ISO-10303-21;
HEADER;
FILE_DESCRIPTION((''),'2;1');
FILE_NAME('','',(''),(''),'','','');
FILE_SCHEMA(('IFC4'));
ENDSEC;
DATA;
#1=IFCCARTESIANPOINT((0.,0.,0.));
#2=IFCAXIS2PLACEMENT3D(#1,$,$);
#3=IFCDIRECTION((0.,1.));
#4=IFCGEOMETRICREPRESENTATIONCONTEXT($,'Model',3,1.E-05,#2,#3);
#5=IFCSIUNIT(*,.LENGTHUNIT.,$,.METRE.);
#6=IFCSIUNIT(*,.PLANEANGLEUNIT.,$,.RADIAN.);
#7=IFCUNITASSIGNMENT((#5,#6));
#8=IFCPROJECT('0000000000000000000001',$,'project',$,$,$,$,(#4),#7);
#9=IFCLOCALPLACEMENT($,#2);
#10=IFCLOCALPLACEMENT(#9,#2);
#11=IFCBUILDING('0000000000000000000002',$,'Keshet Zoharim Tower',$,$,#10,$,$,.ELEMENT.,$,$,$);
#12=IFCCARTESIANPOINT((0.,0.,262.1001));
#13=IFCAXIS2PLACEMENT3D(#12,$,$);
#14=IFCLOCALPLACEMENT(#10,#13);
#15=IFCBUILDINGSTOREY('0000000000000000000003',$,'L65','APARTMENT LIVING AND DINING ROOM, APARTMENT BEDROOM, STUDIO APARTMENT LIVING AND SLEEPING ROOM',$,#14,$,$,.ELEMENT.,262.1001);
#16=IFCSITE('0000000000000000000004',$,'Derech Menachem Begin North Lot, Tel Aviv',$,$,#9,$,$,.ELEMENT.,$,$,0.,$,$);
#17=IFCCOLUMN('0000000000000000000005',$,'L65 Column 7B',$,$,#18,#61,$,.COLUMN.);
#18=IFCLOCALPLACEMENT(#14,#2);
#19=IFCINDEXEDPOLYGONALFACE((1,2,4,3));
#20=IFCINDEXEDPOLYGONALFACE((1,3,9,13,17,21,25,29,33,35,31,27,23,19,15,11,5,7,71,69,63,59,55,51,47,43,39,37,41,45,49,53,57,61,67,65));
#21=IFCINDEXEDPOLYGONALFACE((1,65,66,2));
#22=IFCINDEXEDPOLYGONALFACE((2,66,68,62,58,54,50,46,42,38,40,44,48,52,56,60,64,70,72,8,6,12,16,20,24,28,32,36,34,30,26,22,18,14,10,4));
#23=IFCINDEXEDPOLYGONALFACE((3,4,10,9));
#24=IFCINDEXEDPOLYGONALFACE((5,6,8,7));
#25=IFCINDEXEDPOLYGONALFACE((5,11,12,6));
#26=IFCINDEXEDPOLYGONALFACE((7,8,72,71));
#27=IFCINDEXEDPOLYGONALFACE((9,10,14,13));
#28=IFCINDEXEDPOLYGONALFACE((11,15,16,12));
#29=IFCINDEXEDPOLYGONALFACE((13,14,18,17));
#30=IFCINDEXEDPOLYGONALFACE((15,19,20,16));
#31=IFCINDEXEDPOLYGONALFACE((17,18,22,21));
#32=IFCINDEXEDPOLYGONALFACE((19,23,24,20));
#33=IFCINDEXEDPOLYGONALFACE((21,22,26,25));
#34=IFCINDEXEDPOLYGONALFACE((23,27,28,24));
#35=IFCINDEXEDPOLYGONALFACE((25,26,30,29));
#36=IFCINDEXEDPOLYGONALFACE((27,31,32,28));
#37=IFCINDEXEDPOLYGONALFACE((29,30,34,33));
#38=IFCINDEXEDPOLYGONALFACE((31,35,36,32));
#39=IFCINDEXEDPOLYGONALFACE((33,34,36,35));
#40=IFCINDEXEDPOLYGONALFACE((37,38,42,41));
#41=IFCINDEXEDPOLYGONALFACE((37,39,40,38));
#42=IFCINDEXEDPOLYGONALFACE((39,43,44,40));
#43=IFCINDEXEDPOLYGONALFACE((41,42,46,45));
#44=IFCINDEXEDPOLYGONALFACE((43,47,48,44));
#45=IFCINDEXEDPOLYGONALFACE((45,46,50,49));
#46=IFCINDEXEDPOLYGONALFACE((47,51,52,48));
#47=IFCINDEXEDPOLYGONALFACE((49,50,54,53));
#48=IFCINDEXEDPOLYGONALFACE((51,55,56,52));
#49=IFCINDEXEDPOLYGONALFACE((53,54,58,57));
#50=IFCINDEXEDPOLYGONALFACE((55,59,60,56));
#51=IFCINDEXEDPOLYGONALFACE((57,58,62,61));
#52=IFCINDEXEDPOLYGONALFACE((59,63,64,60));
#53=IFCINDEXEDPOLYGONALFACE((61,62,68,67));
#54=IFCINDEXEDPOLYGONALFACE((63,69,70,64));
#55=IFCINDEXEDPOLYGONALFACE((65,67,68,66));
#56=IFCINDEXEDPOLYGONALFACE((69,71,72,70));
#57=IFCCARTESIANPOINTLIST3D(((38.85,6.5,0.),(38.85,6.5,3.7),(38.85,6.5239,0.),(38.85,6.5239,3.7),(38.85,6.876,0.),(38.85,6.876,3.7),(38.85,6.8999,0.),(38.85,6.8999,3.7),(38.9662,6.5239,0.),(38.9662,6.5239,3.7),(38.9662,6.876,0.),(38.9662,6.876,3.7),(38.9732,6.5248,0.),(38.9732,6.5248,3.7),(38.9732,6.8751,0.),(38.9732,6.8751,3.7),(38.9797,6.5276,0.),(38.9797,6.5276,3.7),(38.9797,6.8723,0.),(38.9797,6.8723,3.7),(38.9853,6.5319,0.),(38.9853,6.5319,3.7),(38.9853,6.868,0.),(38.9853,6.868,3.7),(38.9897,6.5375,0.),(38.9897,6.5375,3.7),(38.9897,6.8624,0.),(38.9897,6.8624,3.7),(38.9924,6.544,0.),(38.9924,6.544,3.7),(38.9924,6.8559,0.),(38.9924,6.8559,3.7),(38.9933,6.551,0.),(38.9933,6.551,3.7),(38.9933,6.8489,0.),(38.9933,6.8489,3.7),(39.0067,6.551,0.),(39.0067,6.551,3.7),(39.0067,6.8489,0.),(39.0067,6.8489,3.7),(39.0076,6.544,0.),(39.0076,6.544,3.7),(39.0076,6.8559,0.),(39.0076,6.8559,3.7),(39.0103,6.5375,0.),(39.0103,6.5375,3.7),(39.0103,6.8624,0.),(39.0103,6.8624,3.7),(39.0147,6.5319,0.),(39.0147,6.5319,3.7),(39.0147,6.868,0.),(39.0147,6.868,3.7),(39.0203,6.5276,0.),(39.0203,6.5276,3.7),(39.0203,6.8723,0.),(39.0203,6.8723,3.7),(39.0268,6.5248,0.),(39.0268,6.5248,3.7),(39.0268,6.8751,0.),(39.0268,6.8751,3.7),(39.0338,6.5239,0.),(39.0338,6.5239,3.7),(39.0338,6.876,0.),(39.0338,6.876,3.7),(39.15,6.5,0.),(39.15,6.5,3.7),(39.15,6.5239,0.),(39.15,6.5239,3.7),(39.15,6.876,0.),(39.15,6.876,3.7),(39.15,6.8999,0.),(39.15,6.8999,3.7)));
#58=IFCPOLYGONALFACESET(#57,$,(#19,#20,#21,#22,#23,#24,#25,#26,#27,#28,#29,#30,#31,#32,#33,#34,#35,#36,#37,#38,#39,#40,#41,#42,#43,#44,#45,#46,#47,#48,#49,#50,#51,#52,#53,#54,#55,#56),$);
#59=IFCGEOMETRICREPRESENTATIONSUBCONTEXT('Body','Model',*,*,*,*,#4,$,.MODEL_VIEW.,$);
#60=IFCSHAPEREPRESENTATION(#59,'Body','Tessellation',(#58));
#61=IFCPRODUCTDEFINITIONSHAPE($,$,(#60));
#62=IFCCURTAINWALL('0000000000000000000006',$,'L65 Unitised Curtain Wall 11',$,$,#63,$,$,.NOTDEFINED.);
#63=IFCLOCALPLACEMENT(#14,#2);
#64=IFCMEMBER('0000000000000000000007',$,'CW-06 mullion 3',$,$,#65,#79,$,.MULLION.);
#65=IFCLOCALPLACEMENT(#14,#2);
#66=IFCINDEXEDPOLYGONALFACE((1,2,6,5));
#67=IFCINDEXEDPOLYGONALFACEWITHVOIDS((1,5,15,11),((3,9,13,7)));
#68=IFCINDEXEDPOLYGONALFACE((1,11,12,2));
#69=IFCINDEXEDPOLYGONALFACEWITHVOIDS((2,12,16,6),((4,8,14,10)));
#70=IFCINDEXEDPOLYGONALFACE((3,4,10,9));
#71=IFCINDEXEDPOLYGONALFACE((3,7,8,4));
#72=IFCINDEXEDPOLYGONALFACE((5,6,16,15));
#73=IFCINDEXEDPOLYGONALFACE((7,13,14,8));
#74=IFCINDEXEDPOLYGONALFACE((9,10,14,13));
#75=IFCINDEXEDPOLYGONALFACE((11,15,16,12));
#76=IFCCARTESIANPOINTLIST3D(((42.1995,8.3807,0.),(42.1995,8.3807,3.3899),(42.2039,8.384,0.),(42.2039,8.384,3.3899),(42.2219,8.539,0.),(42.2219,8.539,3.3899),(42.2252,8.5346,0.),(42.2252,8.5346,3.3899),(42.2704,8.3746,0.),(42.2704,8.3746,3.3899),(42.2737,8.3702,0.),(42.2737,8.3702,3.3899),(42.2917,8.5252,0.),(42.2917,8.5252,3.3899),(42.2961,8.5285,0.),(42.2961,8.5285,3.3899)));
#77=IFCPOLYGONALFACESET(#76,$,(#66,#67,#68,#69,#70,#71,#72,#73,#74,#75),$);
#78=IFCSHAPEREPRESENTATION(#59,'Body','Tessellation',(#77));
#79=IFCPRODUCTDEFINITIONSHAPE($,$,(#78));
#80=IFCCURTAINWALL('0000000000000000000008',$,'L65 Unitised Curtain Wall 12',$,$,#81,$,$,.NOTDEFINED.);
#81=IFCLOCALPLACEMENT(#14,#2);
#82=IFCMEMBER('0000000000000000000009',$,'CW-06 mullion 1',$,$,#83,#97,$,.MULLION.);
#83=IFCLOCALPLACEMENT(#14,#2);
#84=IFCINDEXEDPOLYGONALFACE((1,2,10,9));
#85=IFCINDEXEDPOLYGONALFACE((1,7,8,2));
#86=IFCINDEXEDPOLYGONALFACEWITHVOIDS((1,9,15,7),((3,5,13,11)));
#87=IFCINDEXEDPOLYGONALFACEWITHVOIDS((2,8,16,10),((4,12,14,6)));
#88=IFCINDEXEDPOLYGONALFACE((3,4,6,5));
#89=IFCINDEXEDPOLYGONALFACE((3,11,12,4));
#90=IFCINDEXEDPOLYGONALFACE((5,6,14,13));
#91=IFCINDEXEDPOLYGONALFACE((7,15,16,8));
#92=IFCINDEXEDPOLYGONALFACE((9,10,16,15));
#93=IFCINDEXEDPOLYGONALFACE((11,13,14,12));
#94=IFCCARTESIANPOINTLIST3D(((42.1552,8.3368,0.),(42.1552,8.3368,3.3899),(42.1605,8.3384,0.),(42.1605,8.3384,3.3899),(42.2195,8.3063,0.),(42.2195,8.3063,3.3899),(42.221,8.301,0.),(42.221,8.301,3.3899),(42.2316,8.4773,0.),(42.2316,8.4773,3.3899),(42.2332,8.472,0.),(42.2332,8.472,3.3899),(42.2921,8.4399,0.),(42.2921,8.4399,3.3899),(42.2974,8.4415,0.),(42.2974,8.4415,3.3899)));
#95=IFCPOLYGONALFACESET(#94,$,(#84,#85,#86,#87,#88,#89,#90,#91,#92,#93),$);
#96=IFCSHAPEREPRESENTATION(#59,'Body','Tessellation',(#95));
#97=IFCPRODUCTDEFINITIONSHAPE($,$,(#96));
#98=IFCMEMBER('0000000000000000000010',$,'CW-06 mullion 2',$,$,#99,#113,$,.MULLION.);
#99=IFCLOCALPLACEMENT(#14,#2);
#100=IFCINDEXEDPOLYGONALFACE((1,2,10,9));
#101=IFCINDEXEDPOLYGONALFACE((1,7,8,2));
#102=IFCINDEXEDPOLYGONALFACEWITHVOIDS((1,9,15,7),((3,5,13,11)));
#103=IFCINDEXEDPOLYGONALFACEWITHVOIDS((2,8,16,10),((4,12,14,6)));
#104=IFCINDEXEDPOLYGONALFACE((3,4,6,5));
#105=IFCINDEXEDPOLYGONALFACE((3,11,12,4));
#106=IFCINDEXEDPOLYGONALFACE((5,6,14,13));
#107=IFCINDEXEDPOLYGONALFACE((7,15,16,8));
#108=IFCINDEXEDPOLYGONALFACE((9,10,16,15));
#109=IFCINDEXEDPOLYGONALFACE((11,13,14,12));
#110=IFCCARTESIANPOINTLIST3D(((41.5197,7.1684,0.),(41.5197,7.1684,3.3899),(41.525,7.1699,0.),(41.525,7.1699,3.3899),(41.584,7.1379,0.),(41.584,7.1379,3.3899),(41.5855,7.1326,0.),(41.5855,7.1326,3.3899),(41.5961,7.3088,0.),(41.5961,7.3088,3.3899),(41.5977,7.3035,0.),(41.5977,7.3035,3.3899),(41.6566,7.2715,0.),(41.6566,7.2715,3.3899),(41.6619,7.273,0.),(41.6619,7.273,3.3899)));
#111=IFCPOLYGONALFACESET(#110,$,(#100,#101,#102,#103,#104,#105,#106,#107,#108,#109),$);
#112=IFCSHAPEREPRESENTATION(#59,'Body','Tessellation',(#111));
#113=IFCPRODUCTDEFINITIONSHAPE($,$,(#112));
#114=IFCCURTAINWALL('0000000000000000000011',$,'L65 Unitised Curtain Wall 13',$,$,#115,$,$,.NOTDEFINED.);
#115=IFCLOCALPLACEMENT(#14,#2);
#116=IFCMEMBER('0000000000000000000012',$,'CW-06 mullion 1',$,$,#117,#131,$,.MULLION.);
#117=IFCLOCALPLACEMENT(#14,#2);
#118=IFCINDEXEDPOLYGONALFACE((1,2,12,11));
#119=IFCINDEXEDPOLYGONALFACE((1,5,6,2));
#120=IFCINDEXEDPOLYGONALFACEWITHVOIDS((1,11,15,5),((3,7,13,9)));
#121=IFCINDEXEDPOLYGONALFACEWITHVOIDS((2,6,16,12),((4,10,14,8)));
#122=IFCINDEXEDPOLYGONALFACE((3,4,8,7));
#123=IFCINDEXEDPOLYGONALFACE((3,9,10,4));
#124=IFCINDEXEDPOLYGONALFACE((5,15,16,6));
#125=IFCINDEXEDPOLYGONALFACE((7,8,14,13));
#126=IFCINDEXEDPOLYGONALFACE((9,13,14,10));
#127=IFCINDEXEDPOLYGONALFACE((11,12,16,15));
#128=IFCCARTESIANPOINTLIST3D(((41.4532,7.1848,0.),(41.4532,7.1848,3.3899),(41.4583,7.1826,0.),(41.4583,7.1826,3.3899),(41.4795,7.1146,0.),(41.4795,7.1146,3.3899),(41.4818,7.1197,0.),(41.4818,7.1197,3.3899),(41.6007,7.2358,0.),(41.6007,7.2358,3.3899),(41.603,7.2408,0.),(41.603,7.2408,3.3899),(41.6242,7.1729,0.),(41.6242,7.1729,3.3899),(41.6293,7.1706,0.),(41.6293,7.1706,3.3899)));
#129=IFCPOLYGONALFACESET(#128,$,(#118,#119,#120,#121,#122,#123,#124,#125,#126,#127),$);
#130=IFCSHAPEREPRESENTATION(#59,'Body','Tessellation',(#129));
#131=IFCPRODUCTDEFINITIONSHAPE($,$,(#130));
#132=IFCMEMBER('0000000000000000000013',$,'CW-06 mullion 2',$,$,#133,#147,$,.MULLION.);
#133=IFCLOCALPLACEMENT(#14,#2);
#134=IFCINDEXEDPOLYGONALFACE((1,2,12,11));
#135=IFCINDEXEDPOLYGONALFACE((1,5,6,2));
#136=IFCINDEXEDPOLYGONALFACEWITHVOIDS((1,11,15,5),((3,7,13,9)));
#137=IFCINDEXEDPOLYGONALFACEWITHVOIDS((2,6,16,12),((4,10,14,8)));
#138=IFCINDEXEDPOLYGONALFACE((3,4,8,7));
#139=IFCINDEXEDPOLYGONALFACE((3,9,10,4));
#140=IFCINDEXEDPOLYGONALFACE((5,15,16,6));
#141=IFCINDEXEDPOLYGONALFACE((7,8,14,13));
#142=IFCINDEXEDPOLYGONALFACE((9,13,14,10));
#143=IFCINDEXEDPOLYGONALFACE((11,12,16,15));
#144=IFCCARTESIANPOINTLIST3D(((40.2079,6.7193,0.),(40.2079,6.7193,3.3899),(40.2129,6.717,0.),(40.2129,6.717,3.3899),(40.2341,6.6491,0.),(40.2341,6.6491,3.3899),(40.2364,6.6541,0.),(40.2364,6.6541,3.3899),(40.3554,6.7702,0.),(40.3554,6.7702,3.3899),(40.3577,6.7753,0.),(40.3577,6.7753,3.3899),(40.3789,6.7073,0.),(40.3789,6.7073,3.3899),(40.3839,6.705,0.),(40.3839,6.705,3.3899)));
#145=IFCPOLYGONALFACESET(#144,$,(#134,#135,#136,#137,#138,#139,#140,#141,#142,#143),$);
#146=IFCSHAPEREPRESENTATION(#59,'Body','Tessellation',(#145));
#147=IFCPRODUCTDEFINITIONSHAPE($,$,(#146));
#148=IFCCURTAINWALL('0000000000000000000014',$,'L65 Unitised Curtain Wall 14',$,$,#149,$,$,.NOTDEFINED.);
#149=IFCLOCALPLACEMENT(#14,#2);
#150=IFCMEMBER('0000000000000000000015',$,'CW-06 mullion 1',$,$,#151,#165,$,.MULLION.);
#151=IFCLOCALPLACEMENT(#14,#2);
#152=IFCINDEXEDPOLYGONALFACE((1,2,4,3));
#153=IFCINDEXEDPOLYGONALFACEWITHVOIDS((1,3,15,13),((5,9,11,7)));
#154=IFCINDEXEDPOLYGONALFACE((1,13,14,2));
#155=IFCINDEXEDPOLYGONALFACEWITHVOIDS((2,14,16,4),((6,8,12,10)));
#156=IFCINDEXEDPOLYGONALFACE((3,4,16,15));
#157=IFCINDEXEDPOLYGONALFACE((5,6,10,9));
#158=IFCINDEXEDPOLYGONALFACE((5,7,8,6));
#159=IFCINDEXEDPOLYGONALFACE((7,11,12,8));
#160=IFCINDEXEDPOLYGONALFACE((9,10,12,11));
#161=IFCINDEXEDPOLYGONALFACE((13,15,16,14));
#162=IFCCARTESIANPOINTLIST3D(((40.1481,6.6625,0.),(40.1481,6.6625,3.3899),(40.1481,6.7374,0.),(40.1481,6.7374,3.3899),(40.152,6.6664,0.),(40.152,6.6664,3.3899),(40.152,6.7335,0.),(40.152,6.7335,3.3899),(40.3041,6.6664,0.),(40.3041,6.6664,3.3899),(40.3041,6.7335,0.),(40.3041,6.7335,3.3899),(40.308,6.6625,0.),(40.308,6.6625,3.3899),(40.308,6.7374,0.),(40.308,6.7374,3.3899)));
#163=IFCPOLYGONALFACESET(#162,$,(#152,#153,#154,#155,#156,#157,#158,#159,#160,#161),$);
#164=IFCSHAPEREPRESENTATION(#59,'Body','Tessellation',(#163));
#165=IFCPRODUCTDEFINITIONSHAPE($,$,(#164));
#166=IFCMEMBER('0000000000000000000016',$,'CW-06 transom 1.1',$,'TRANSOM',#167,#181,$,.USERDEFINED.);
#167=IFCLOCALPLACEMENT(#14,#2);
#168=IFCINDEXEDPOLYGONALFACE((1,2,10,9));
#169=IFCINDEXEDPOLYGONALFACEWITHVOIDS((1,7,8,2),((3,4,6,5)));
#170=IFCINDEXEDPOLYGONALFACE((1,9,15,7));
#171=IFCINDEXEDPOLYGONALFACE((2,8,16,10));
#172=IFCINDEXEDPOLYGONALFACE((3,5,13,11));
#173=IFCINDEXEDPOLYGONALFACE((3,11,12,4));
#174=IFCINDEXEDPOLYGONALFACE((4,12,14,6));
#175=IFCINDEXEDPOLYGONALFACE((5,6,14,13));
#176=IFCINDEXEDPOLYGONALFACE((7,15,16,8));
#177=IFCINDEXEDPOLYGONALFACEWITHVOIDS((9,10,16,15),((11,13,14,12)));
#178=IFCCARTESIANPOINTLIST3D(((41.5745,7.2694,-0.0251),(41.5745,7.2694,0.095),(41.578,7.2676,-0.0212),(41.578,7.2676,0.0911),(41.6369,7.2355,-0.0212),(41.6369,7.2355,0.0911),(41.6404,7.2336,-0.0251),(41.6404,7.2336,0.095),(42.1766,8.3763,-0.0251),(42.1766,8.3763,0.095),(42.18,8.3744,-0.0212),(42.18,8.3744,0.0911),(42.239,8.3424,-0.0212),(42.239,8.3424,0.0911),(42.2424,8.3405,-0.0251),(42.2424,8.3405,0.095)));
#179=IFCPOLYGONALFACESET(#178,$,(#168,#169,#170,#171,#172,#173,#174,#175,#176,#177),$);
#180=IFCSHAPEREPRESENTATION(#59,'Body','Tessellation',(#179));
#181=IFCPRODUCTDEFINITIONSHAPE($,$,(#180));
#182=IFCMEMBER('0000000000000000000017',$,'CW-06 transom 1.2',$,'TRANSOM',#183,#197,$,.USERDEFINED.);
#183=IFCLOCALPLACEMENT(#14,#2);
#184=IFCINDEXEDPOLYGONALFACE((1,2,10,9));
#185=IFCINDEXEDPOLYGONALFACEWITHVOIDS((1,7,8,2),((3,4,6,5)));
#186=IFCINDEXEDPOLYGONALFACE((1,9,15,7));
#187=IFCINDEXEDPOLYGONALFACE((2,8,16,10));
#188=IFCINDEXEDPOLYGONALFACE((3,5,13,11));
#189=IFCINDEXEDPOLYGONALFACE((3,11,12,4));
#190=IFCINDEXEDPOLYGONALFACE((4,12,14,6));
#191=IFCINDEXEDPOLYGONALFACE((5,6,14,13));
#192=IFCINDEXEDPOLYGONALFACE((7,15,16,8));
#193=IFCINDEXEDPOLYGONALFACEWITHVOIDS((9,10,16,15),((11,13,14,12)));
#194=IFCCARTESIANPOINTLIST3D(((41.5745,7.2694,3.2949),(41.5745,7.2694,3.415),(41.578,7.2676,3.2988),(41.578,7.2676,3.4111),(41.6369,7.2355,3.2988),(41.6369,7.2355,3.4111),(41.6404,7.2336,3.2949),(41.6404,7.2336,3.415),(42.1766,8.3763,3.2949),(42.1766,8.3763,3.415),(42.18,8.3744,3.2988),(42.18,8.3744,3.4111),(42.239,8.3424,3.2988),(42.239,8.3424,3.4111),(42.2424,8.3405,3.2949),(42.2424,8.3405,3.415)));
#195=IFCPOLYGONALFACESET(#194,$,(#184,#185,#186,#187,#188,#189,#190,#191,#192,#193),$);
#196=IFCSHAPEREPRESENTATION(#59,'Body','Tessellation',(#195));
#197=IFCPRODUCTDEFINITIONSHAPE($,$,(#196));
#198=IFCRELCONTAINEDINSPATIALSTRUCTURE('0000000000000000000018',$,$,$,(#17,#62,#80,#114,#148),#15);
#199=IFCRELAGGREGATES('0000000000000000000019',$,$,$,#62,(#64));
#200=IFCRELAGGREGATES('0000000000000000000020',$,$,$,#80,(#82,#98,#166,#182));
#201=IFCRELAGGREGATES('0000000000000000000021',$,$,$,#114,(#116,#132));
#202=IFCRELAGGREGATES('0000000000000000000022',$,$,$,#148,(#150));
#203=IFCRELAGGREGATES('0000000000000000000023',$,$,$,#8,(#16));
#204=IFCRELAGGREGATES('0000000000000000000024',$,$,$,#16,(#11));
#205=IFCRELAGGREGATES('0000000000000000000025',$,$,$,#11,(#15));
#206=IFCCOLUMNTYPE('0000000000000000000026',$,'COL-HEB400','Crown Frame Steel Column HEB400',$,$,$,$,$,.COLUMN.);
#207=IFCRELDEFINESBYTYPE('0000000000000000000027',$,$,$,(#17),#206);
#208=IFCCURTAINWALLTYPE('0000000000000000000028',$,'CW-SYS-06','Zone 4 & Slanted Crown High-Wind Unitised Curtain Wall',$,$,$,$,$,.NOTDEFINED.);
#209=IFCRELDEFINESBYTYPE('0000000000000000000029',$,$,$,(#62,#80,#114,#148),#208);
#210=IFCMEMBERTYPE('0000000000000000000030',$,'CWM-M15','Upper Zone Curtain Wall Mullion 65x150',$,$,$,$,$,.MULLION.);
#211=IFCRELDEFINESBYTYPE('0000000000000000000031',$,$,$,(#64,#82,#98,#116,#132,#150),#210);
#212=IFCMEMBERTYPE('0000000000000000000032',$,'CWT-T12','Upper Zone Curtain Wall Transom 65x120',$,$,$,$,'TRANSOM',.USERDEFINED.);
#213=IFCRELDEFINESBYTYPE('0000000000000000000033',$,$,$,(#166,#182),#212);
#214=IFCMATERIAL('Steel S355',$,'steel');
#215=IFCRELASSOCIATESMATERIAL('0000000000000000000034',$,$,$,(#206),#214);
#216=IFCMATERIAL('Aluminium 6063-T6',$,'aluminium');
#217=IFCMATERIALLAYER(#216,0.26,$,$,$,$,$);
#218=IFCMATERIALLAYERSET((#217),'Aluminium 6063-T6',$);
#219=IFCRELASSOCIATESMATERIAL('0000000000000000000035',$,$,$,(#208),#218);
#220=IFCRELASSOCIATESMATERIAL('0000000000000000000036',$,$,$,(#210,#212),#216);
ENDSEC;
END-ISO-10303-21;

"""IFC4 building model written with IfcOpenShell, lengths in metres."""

from ifc_helpers import new_model, si_unit, direction, frame, origin, origin_2d, place, context, subcontext, project, spatial, hollow_rectangle, i_section, extrude, material, layer, layer_set, material_profile, profile_set, type_object, element, aggregate, save


model = new_model("IFC4")

# Units and contexts
model_context = context("Model", 3, precision=1e-05, world=origin(), true_north=direction((0.0, 1.0)))
body_context = subcontext(model_context, "Body", "Model", "MODEL_VIEW")
ifc_project = project(units=[si_unit("LENGTHUNIT", "METRE"), si_unit("PLANEANGLEUNIT", "RADIAN")], contexts=[model_context])

# Site, building, storey
site_placement = place(None, origin())
site = spatial("IfcSite", under=ifc_project, at=site_placement, Name="Derech Menachem Begin North Lot, Tel Aviv", CompositionType="ELEMENT", RefElevation=0.0)
building_placement = place(site_placement, origin())
building = spatial("IfcBuilding", under=site, at=building_placement, Name="Keshet Zoharim Tower", CompositionType="ELEMENT")
storey_placement = place(building_placement, frame((0.0, 0.0, 262.1001)))
storey = spatial("IfcBuildingStorey", under=building, at=storey_placement, Name="L65", Description="APARTMENT LIVING AND DINING ROOM, APARTMENT BEDROOM, STUDIO APARTMENT LIVING AND SLEEPING ROOM", CompositionType="ELEMENT", Elevation=262.1001)

# Column
ifc_material_1 = material(Name="Steel S355", Category="steel")
ifc_material_profile_1 = material_profile(ifc_material_1, i_section(OverallWidth=0.3, OverallDepth=0.3999, WebThickness=0.0134, FlangeThickness=0.0239, FilletRadius=0.0271, at=origin_2d()), Name="HEB400")
ifc_profile_set_1 = profile_set([ifc_material_profile_1], Name="Steel S355")
column_type = type_object("IfcColumnType", Name="COL-HEB400", Description="Crown Frame Steel Column HEB400", PredefinedType="COLUMN", material=ifc_profile_set_1)
column_placement = place(storey_placement, frame((39.0, 6.7, 0.0), z_axis=(0.0, 0.0, 1.0), x_axis=(1.0, 0.0, 0.0)))
element("IfcColumn", 1, at=column_placement, inside=storey, type_object=column_type, Name="L65 Column 7B", PredefinedType="COLUMN", context=body_context, shape_type="SweptSolid", body=[
    extrude(i_section(OverallWidth=0.3, OverallDepth=0.3999, WebThickness=0.0134, FlangeThickness=0.0239, FilletRadius=0.0271, at=origin_2d()), origin(), (0.0, 0.0, 1.0), 3.7),
])

# Curtain wall, member
ifc_material_2 = material(Name="Aluminium 6063-T6", Category="aluminium")
ifc_layer_1 = layer(ifc_material_2, 0.26)
ifc_layer_set_1 = layer_set([ifc_layer_1], Name="Aluminium 6063-T6")
curtain_wall_type = type_object("IfcCurtainWallType", Name="CW-SYS-06", Description="Zone 4 & Slanted Crown High-Wind Unitised Curtain Wall", PredefinedType="NOTDEFINED", material=ifc_layer_set_1)
curtain_wall_1_placement = place(storey_placement, origin())
curtain_wall_1 = element("IfcCurtainWall", 2, at=curtain_wall_1_placement, inside=storey, type_object=curtain_wall_type, Name="L65 Unitised Curtain Wall 11", PredefinedType="NOTDEFINED")
ifc_material_profile_2 = material_profile(ifc_material_2, hollow_rectangle(XDim=0.075, YDim=0.1599, WallThickness=0.0039, at=origin_2d()), Name="MUL-75x160")
ifc_profile_set_2 = profile_set([ifc_material_profile_2], Name="Aluminium 6063-T6")
member_type_1 = type_object("IfcMemberType", Name="CWM-M15", Description="Upper Zone Curtain Wall Mullion 65x150", PredefinedType="MULLION", material=ifc_profile_set_2)
member_1_placement = place(storey_placement, frame((42.2478, 8.4546, 0.0), z_axis=(0.0, 0.0, 1.0), x_axis=(0.990132, -0.140137, 0.0)))
member_1 = element("IfcMember", 3, at=member_1_placement, type_object=member_type_1, Name="CW-06 mullion 3", PredefinedType="MULLION", context=body_context, shape_type="SweptSolid", body=[
    extrude(hollow_rectangle(XDim=0.075, YDim=0.1599, WallThickness=0.0039, at=origin_2d()), origin(), (0.0, 0.0, 1.0), 3.3899),
])

# Curtain walls, members
curtain_wall_2_placement = place(storey_placement, origin())
curtain_wall_2 = element("IfcCurtainWall", 4, at=curtain_wall_2_placement, inside=storey, type_object=curtain_wall_type, Name="L65 Unitised Curtain Wall 12", PredefinedType="NOTDEFINED")
member_2_placement = place(storey_placement, frame((42.2263, 8.3892, 0.0), z_axis=(0.0, 0.0, 1.0), x_axis=(0.878468, -0.477801, 0.0)))
member_2 = element("IfcMember", 5, at=member_2_placement, type_object=member_type_1, Name="CW-06 mullion 1", PredefinedType="MULLION", context=body_context, shape_type="SweptSolid", body=[
    extrude(hollow_rectangle(XDim=0.075, YDim=0.1599, WallThickness=0.0039, at=origin_2d()), origin(), (0.0, 0.0, 1.0), 3.3899),
])
member_3_placement = place(storey_placement, frame((41.5908, 7.2207, 0.0), z_axis=(0.0, 0.0, 1.0), x_axis=(0.878468, -0.477801, 0.0)))
member_3 = element("IfcMember", 6, at=member_3_placement, type_object=member_type_1, Name="CW-06 mullion 2", PredefinedType="MULLION", context=body_context, shape_type="SweptSolid", body=[
    extrude(hollow_rectangle(XDim=0.075, YDim=0.1599, WallThickness=0.0039, at=origin_2d()), origin(), (0.0, 0.0, 1.0), 3.3899),
])
curtain_wall_3_placement = place(storey_placement, origin())
curtain_wall_3 = element("IfcCurtainWall", 7, at=curtain_wall_3_placement, inside=storey, type_object=curtain_wall_type, Name="L65 Unitised Curtain Wall 13", PredefinedType="NOTDEFINED")
member_4_placement = place(storey_placement, frame((41.5413, 7.1777, 0.0), z_axis=(0.0, 0.0, 1.0), x_axis=(0.350105, -0.93671, 0.0)))
member_4 = element("IfcMember", 8, at=member_4_placement, type_object=member_type_1, Name="CW-06 mullion 1", PredefinedType="MULLION", context=body_context, shape_type="SweptSolid", body=[
    extrude(hollow_rectangle(XDim=0.075, YDim=0.1599, WallThickness=0.0039, at=origin_2d()), origin(), (0.0, 0.0, 1.0), 3.3899),
])
member_5_placement = place(storey_placement, frame((40.2959, 6.7122, 0.0), z_axis=(0.0, 0.0, 1.0), x_axis=(0.350105, -0.93671, 0.0)))
member_5 = element("IfcMember", 9, at=member_5_placement, type_object=member_type_1, Name="CW-06 mullion 2", PredefinedType="MULLION", context=body_context, shape_type="SweptSolid", body=[
    extrude(hollow_rectangle(XDim=0.075, YDim=0.1599, WallThickness=0.0039, at=origin_2d()), origin(), (0.0, 0.0, 1.0), 3.3899),
])

# Curtain wall, member
curtain_wall_4_placement = place(storey_placement, origin())
curtain_wall_4 = element("IfcCurtainWall", 10, at=curtain_wall_4_placement, inside=storey, type_object=curtain_wall_type, Name="L65 Unitised Curtain Wall 14", PredefinedType="NOTDEFINED")
member_6_placement = place(storey_placement, frame((40.228, 6.7, 0.0), z_axis=(0.0, 0.0, 1.0), x_axis=(0.0, -1.0, 0.0)))
member_6 = element("IfcMember", 11, at=member_6_placement, type_object=member_type_1, Name="CW-06 mullion 1", PredefinedType="MULLION", context=body_context, shape_type="SweptSolid", body=[
    extrude(hollow_rectangle(XDim=0.075, YDim=0.1599, WallThickness=0.0039, at=origin_2d()), origin(), (0.0, 0.0, 1.0), 3.3899),
])

# Members
ifc_material_profile_3 = material_profile(ifc_material_2, hollow_rectangle(XDim=0.075, YDim=0.1201, WallThickness=0.0039, at=origin_2d()), Name="TRN-75x120")
ifc_profile_set_3 = profile_set([ifc_material_profile_3], Name="Aluminium 6063-T6")
member_type_2 = type_object("IfcMemberType", Name="CWT-T12", Description="Upper Zone Curtain Wall Transom 65x120", ElementType="TRANSOM", PredefinedType="USERDEFINED", material=ifc_profile_set_3)
member_7_placement = place(storey_placement, frame((42.2095, 8.3584, 0.0349), z_axis=(-0.477793, -0.878472, 0.0), x_axis=(0.878472, -0.477793, 0.0)))
member_7 = element("IfcMember", 12, at=member_7_placement, type_object=member_type_2, Name="CW-06 transom 1.1", ObjectType="TRANSOM", PredefinedType="USERDEFINED", context=body_context, shape_type="SweptSolid", body=[
    extrude(hollow_rectangle(XDim=0.075, YDim=0.1201, WallThickness=0.0039, at=origin_2d()), origin(), (0.0, 0.0, 1.0), 1.26),
])
member_8_placement = place(storey_placement, frame((42.2095, 8.3584, 3.355), z_axis=(-0.477793, -0.878472, 0.0), x_axis=(0.878472, -0.477793, 0.0)))
member_8 = element("IfcMember", 13, at=member_8_placement, type_object=member_type_2, Name="CW-06 transom 1.2", ObjectType="TRANSOM", PredefinedType="USERDEFINED", context=body_context, shape_type="SweptSolid", body=[
    extrude(hollow_rectangle(XDim=0.075, YDim=0.1201, WallThickness=0.0039, at=origin_2d()), origin(), (0.0, 0.0, 1.0), 1.26),
])

aggregate(curtain_wall_1, [member_1])
aggregate(curtain_wall_2, [member_2, member_3, member_7, member_8])
aggregate(curtain_wall_3, [member_4, member_5])
aggregate(curtain_wall_4, [member_6])

save(model, "model.ifc")
